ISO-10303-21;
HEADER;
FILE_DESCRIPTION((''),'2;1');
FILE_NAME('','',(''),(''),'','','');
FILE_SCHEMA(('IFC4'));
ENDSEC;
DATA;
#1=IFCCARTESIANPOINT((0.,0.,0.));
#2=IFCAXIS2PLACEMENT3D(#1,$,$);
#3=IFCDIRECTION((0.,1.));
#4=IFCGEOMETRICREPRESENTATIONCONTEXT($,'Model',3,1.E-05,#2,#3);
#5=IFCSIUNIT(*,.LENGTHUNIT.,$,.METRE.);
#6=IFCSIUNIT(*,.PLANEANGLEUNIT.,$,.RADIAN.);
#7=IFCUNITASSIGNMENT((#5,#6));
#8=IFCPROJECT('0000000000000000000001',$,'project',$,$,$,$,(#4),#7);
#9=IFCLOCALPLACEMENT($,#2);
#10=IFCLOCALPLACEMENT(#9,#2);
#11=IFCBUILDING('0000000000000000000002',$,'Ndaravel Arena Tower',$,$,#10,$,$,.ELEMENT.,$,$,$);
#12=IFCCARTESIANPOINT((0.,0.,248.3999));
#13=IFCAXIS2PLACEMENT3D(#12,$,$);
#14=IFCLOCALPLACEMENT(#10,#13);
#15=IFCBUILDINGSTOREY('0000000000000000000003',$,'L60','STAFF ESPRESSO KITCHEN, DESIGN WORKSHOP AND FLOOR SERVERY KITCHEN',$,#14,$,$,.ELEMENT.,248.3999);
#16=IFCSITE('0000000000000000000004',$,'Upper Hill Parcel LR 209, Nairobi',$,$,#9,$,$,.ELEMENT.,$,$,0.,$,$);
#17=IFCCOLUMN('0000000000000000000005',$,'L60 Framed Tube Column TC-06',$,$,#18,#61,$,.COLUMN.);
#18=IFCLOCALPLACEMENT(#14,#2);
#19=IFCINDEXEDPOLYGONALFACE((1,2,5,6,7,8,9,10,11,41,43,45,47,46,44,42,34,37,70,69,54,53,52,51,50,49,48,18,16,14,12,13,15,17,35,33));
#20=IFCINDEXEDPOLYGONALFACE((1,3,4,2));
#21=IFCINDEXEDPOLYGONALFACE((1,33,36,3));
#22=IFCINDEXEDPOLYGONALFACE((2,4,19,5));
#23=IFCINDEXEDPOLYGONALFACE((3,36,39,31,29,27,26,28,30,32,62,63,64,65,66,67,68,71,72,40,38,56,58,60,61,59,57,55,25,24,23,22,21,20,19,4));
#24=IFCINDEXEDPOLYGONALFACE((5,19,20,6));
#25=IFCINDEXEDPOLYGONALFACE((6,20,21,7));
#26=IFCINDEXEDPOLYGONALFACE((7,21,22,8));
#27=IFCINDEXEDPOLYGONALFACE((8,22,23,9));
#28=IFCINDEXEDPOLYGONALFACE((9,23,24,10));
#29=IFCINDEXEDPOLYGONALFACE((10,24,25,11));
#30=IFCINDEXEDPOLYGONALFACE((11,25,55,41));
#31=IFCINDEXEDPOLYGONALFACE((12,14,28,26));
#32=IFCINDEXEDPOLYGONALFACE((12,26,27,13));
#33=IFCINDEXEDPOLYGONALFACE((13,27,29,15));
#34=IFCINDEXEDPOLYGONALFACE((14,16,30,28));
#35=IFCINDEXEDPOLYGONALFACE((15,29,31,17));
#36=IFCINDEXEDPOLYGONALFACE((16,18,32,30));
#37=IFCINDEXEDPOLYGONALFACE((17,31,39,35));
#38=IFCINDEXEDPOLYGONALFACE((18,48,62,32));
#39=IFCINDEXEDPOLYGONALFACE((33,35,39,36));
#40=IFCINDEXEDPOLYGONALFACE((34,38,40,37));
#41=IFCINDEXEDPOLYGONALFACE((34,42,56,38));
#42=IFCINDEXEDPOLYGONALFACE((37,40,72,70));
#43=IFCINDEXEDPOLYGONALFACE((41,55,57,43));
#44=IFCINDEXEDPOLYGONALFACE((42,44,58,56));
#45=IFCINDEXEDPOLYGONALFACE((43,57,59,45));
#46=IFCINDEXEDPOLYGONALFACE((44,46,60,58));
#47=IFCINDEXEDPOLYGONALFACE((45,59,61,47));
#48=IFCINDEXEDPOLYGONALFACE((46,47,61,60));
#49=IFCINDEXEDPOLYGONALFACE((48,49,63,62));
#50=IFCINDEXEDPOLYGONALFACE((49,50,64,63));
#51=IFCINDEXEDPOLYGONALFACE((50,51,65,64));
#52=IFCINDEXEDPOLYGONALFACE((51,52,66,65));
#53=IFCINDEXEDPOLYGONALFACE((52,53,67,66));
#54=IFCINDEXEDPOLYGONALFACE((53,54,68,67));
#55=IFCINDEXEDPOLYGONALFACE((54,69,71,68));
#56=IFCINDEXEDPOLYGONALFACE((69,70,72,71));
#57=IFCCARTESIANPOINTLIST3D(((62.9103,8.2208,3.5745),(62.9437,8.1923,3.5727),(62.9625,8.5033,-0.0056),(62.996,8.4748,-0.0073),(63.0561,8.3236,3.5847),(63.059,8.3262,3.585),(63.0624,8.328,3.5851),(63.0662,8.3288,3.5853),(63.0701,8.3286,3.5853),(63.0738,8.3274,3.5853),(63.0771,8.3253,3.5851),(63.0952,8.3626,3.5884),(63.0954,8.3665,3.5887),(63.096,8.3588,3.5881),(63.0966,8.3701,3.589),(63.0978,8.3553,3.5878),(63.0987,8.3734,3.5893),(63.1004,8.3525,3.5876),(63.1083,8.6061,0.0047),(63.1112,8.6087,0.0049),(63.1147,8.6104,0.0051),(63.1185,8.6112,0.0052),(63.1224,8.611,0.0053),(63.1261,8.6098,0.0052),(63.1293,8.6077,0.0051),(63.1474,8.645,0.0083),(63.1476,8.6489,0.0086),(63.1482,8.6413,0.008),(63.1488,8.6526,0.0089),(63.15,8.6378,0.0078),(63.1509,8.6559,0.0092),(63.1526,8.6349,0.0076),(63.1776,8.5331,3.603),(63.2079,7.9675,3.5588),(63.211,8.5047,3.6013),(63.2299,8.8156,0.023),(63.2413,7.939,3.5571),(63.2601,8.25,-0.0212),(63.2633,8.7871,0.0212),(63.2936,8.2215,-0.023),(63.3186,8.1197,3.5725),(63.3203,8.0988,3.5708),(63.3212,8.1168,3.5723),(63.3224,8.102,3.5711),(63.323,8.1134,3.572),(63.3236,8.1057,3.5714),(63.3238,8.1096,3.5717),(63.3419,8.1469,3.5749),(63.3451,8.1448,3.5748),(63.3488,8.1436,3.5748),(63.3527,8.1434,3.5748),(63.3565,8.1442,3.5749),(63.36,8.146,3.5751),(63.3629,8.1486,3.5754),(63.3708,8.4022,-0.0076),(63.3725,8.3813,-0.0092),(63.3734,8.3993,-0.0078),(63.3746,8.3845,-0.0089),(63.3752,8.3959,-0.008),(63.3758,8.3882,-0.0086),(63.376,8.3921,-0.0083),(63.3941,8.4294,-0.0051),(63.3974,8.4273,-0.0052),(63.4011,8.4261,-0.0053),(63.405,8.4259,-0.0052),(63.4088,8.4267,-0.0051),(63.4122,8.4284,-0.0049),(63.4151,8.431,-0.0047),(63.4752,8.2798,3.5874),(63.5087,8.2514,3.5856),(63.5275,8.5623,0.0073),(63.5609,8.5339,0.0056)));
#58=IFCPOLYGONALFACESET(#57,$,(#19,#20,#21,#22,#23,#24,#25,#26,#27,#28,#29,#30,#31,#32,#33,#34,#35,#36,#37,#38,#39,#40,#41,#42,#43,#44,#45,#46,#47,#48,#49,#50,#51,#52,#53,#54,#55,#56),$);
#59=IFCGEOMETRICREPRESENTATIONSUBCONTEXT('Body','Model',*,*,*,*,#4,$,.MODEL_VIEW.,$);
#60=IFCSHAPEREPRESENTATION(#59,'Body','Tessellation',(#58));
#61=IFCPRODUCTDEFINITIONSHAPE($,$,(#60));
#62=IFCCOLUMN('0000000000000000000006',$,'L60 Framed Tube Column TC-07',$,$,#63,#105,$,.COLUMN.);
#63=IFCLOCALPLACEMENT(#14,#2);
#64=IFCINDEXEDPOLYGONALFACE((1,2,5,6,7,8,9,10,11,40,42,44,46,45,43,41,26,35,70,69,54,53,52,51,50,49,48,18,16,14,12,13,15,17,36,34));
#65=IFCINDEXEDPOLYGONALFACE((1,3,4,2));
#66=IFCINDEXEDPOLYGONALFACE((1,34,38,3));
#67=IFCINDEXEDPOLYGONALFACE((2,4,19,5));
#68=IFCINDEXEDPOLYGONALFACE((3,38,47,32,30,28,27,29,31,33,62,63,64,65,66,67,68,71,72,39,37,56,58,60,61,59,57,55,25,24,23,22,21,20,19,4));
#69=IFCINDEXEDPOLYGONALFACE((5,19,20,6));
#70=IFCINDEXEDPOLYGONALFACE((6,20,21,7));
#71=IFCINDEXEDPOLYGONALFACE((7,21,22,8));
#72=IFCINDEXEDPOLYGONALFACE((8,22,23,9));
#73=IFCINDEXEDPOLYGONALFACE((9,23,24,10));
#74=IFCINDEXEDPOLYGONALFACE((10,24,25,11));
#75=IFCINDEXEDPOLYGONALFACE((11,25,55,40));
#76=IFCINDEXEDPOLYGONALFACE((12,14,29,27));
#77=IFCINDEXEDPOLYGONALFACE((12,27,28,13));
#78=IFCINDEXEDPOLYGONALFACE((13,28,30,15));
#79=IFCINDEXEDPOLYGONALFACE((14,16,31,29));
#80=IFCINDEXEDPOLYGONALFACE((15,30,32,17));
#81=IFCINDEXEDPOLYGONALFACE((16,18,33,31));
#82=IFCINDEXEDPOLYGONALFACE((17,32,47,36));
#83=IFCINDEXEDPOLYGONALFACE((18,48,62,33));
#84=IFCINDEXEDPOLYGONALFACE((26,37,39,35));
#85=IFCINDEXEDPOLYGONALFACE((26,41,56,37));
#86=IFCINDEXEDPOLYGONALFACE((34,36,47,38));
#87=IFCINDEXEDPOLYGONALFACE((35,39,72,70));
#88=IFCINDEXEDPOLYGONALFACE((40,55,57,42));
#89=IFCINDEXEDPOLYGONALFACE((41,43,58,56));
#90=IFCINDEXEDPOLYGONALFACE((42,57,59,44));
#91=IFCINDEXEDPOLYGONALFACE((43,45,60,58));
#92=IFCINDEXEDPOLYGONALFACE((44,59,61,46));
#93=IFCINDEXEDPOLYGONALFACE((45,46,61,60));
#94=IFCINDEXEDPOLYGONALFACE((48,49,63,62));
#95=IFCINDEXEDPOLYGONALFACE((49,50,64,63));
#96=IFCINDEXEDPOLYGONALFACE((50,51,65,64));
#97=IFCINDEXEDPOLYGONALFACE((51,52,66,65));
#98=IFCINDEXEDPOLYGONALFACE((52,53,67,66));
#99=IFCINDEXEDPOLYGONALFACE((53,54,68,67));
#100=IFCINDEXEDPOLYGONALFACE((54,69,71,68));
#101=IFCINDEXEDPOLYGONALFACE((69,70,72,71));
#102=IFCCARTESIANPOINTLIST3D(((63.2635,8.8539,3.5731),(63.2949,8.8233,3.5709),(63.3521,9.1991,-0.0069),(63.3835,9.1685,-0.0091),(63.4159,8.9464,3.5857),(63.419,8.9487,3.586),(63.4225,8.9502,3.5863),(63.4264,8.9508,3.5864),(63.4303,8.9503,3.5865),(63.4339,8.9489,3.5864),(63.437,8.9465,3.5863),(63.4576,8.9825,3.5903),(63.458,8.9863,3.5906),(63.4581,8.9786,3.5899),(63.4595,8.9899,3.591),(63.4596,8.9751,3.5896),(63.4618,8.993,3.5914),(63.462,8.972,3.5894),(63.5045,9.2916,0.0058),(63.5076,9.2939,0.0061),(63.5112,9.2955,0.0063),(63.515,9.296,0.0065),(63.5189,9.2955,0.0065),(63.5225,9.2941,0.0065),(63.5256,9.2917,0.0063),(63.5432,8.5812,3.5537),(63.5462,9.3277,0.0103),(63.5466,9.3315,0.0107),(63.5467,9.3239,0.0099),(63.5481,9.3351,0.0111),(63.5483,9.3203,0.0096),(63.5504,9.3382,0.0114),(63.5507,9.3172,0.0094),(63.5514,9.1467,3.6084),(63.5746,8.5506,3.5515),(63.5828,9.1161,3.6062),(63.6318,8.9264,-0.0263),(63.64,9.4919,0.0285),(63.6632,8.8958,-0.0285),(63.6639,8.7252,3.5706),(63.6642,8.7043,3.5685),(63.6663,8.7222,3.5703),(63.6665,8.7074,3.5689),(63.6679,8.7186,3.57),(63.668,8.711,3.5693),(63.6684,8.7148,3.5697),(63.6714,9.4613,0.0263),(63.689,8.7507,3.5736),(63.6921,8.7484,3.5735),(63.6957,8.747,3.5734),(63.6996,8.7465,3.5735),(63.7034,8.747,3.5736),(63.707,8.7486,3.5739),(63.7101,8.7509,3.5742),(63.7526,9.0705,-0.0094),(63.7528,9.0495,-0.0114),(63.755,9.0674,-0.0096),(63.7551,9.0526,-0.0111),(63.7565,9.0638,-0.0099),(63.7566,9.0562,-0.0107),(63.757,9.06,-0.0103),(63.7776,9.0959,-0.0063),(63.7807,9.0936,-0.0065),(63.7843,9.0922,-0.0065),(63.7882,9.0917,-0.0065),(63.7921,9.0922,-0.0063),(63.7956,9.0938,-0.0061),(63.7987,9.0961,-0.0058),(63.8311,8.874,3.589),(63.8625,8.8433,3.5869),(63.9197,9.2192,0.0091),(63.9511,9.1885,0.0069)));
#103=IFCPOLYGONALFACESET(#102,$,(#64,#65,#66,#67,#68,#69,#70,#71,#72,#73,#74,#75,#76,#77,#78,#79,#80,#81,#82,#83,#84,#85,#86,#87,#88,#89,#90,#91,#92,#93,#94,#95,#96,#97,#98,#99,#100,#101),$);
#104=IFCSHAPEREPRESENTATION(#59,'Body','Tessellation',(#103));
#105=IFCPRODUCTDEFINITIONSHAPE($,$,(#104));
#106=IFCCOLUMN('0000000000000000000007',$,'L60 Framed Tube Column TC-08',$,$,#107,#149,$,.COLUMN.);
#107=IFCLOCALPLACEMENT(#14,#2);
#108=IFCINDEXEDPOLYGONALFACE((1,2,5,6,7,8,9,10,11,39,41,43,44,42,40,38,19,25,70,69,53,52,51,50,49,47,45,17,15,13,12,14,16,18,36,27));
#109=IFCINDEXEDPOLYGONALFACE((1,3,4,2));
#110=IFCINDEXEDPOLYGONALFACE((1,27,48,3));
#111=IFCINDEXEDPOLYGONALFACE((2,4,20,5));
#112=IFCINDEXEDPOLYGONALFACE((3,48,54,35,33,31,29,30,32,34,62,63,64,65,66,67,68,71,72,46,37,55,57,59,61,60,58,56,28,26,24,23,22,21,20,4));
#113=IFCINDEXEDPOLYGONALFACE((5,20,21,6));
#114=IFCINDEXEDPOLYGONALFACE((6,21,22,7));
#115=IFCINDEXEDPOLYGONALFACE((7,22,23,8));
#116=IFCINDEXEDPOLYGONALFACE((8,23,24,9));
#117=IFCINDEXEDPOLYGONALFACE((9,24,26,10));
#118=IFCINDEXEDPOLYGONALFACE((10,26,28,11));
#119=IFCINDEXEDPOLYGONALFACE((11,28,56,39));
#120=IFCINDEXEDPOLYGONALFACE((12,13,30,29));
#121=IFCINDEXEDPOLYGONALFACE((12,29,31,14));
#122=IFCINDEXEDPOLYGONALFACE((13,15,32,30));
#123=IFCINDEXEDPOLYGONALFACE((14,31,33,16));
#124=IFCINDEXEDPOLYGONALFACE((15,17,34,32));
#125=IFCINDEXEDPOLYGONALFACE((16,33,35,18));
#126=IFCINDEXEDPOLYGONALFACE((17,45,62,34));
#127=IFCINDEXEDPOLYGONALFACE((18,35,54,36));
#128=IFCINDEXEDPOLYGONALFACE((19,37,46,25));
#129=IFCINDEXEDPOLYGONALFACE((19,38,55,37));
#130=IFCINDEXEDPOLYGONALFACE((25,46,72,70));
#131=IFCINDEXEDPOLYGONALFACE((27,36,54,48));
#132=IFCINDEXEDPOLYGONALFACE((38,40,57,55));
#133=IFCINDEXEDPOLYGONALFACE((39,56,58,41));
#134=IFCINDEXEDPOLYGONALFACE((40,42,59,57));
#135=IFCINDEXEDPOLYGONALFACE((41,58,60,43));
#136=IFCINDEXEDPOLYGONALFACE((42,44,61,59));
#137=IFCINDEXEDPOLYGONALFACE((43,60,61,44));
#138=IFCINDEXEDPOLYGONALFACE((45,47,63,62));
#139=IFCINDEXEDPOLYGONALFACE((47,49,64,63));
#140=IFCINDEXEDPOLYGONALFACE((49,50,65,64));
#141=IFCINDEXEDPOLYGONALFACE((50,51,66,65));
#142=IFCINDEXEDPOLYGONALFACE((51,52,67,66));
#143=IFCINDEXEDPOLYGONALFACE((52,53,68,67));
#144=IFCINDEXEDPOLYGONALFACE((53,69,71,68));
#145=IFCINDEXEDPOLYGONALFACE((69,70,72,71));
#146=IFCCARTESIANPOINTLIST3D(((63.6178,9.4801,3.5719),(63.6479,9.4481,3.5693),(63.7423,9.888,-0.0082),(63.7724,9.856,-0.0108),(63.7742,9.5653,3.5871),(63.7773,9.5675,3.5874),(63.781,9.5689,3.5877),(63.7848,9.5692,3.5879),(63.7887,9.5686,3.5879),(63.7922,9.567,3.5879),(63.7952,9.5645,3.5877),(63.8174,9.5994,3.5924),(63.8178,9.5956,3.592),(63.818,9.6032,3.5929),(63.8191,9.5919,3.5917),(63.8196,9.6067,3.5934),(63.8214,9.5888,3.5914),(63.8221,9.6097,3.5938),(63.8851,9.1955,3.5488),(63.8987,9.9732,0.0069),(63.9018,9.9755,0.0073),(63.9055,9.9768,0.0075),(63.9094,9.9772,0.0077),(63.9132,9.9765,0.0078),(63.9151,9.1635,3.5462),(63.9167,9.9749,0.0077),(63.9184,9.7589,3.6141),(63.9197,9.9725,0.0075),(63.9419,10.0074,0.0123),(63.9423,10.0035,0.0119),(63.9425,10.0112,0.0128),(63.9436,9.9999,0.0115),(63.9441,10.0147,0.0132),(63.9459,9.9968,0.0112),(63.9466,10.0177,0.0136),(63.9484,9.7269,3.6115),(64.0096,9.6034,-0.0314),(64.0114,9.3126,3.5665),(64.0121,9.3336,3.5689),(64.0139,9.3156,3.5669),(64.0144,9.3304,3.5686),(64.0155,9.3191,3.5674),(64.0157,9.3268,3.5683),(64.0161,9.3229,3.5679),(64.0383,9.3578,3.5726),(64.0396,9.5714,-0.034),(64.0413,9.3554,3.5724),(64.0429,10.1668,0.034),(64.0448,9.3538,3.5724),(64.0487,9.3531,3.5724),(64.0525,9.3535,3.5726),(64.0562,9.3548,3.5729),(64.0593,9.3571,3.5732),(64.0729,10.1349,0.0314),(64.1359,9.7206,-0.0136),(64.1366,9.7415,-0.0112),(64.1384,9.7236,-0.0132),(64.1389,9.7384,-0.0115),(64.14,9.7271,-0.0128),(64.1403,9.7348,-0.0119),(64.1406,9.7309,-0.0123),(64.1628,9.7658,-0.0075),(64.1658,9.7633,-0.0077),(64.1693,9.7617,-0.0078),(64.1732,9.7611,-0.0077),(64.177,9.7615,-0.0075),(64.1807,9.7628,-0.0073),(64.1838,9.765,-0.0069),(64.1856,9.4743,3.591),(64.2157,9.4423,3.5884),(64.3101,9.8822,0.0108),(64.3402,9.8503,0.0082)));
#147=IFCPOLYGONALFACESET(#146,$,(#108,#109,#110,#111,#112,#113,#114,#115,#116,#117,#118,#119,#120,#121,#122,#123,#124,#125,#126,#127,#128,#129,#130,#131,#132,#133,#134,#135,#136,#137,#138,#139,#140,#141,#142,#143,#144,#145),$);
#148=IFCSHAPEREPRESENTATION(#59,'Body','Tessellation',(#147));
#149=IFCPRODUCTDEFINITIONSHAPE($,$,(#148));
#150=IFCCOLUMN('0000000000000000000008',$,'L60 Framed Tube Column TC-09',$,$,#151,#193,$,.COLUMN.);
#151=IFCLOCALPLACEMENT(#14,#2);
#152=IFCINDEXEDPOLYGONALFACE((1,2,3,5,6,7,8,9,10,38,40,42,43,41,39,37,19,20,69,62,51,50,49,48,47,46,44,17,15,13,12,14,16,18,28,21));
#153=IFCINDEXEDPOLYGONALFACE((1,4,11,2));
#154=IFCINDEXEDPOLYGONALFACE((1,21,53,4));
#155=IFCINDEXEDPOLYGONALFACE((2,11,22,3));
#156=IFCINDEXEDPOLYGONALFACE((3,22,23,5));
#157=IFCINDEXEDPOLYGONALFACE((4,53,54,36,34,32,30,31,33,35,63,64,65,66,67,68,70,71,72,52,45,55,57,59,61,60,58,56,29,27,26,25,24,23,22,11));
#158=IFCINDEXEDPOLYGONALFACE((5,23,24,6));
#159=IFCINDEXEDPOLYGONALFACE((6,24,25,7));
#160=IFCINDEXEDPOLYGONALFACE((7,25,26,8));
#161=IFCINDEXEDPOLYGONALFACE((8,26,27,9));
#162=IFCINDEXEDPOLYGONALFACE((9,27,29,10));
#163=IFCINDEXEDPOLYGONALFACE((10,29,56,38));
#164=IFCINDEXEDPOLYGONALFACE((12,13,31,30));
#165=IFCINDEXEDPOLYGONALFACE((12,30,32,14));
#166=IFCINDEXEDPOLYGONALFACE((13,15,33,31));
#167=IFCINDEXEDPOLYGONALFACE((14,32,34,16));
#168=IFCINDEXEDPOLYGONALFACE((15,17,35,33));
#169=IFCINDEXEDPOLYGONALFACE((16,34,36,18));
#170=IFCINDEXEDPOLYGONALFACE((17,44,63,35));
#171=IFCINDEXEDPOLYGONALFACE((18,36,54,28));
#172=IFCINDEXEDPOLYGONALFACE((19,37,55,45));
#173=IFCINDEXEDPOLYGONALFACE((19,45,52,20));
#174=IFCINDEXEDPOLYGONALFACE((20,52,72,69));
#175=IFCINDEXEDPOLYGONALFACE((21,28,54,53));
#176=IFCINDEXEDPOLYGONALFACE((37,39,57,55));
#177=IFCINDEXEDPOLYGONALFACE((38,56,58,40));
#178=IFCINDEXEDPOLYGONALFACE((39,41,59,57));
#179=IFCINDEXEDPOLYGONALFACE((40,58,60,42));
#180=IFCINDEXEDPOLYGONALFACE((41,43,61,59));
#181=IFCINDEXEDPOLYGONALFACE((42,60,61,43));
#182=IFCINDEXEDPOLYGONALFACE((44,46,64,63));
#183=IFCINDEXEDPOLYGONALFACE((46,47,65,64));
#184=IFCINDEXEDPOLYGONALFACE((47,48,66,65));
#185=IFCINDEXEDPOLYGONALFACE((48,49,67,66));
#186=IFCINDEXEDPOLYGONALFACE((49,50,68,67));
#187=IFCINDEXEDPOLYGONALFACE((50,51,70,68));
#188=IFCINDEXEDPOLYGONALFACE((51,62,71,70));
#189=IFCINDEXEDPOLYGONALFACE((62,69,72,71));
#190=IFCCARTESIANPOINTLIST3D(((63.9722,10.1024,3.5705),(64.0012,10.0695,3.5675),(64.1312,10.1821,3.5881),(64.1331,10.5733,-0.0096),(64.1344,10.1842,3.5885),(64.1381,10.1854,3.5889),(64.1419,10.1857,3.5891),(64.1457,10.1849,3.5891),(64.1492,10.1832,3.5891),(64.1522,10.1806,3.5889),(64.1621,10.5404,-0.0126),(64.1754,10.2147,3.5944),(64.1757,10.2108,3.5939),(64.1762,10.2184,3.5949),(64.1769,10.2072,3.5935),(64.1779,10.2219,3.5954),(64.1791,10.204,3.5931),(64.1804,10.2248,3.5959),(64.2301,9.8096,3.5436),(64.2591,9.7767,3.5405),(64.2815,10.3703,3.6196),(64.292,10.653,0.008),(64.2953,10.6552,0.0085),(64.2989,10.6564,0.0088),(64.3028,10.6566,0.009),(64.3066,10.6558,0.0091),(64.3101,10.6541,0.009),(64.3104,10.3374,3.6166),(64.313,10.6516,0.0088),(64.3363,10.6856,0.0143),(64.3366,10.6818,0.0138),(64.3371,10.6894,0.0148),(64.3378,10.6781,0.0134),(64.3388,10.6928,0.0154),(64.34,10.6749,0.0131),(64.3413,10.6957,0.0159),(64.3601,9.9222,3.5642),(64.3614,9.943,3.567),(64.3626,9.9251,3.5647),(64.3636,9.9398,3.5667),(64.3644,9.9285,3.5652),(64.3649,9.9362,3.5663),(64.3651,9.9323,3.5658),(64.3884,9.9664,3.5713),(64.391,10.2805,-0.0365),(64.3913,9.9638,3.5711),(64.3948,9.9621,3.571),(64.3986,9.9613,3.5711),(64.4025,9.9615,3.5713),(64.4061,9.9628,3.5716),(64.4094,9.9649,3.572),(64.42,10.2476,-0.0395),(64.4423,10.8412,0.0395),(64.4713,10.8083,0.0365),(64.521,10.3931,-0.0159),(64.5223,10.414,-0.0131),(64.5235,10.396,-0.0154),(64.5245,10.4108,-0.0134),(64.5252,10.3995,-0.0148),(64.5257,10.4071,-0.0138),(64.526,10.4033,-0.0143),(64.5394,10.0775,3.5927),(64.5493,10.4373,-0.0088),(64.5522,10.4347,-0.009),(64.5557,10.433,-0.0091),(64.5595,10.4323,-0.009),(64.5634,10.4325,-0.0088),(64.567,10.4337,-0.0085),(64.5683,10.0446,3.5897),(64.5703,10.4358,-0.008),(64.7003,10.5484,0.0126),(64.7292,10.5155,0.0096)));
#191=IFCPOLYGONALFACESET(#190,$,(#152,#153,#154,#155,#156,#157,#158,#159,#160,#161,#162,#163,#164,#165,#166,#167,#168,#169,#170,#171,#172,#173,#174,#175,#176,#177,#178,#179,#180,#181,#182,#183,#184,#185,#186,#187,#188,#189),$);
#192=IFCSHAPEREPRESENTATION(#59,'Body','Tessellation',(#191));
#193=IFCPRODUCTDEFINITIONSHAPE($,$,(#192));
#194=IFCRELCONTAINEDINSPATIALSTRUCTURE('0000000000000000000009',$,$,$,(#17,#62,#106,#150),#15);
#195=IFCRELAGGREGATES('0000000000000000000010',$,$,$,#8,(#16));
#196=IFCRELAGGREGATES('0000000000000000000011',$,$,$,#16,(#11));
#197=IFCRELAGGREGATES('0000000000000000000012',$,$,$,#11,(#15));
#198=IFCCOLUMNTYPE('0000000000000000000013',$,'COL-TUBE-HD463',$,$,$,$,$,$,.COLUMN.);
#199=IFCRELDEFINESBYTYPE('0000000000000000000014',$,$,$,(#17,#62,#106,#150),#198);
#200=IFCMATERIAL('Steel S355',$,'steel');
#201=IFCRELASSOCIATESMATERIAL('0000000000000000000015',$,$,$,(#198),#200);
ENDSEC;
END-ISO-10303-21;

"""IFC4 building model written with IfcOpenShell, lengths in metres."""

from ifc_helpers import new_model, si_unit, direction, frame, origin, origin_2d, place, context, subcontext, project, spatial, i_section, extrude, material, material_profile, profile_set, type_object, element, save


model = new_model("IFC4")

# Units and contexts
model_context = context("Model", 3, precision=1e-05, world=origin(), true_north=direction((0.0, 1.0)))
body_context = subcontext(model_context, "Body", "Model", "MODEL_VIEW")
ifc_project = project(units=[si_unit("LENGTHUNIT", "METRE"), si_unit("PLANEANGLEUNIT", "RADIAN")], contexts=[model_context])

# Site, building, storey
site_placement = place(None, origin())
site = spatial("IfcSite", under=ifc_project, at=site_placement, Name="Upper Hill Parcel LR 209, Nairobi", CompositionType="ELEMENT", RefElevation=0.0)
building_placement = place(site_placement, origin())
building = spatial("IfcBuilding", under=site, at=building_placement, Name="Ndaravel Arena Tower", CompositionType="ELEMENT")
storey_placement = place(building_placement, frame((0.0, 0.0, 248.3999)))
storey = spatial("IfcBuildingStorey", under=building, at=storey_placement, Name="L60", Description="STAFF ESPRESSO KITCHEN, DESIGN WORKSHOP AND FLOOR SERVERY KITCHEN", CompositionType="ELEMENT", Elevation=248.3999)

# Columns
ifc_material_1 = material(Name="Steel S355", Category="steel")
ifc_material_profile_1 = material_profile(ifc_material_1, i_section(OverallWidth=0.4121, OverallDepth=0.4351, WebThickness=0.0359, FlangeThickness=0.0439, FilletRadius=0.0149, at=origin_2d()), Name="HD 400x463")
ifc_profile_set_1 = profile_set([ifc_material_profile_1], Name="Steel S355")
column_type = type_object("IfcColumnType", Name="COL-TUBE-HD463", PredefinedType="COLUMN", material=ifc_profile_set_1)
column_1_placement = place(storey_placement, frame((63.2617, 8.5186, 0.0), z_axis=(-0.014547, -0.078648, 0.996796), x_axis=(0.648666, 0.757915, 0.069266)))
element("IfcColumn", 1, at=column_1_placement, inside=storey, type_object=column_type, Name="L60 Framed Tube Column TC-06", PredefinedType="COLUMN", context=body_context, shape_type="SweptSolid", body=[
    extrude(i_section(OverallWidth=0.4121, OverallDepth=0.4351, WebThickness=0.0359, FlangeThickness=0.0439, FilletRadius=0.0149, at=origin_2d()), origin(), (0.0, 0.0, 1.0), 3.5916),
])
column_2_placement = place(storey_placement, frame((63.6516, 9.1938, 0.0), z_axis=(-0.024633, -0.095952, 0.995081), x_axis=(0.698579, 0.710371, 0.085792)))
element("IfcColumn", 2, at=column_2_placement, inside=storey, type_object=column_type, Name="L60 Framed Tube Column TC-07", PredefinedType="COLUMN", context=body_context, shape_type="SweptSolid", body=[
    extrude(i_section(OverallWidth=0.4121, OverallDepth=0.4351, WebThickness=0.0359, FlangeThickness=0.0439, FilletRadius=0.0149, at=origin_2d()), origin(), (0.0, 0.0, 1.0), 3.5977),
])
column_3_placement = place(storey_placement, frame((64.0413, 9.8691, 0.0), z_axis=(-0.034535, -0.113152, 0.992977), x_axis=(0.729251, 0.676532, 0.102455)))
element("IfcColumn", 3, at=column_3_placement, inside=storey, type_object=column_type, Name="L60 Framed Tube Column TC-08", PredefinedType="COLUMN", context=body_context, shape_type="SweptSolid", body=[
    extrude(i_section(OverallWidth=0.4121, OverallDepth=0.4351, WebThickness=0.0359, FlangeThickness=0.0439, FilletRadius=0.0149, at=origin_2d()), origin(), (0.0, 0.0, 1.0), 3.6055),
])
column_4_placement = place(storey_placement, frame((64.4312, 10.5444, 0.0), z_axis=(-0.044512, -0.130294, 0.990476), x_axis=(0.750456, 0.650075, 0.119241)))
element("IfcColumn", 4, at=column_4_placement, inside=storey, type_object=column_type, Name="L60 Framed Tube Column TC-09", PredefinedType="COLUMN", context=body_context, shape_type="SweptSolid", body=[
    extrude(i_section(OverallWidth=0.4121, OverallDepth=0.4351, WebThickness=0.0359, FlangeThickness=0.0439, FilletRadius=0.0149, at=origin_2d()), origin(), (0.0, 0.0, 1.0), 3.6145),
])

save(model, "model.ifc")
